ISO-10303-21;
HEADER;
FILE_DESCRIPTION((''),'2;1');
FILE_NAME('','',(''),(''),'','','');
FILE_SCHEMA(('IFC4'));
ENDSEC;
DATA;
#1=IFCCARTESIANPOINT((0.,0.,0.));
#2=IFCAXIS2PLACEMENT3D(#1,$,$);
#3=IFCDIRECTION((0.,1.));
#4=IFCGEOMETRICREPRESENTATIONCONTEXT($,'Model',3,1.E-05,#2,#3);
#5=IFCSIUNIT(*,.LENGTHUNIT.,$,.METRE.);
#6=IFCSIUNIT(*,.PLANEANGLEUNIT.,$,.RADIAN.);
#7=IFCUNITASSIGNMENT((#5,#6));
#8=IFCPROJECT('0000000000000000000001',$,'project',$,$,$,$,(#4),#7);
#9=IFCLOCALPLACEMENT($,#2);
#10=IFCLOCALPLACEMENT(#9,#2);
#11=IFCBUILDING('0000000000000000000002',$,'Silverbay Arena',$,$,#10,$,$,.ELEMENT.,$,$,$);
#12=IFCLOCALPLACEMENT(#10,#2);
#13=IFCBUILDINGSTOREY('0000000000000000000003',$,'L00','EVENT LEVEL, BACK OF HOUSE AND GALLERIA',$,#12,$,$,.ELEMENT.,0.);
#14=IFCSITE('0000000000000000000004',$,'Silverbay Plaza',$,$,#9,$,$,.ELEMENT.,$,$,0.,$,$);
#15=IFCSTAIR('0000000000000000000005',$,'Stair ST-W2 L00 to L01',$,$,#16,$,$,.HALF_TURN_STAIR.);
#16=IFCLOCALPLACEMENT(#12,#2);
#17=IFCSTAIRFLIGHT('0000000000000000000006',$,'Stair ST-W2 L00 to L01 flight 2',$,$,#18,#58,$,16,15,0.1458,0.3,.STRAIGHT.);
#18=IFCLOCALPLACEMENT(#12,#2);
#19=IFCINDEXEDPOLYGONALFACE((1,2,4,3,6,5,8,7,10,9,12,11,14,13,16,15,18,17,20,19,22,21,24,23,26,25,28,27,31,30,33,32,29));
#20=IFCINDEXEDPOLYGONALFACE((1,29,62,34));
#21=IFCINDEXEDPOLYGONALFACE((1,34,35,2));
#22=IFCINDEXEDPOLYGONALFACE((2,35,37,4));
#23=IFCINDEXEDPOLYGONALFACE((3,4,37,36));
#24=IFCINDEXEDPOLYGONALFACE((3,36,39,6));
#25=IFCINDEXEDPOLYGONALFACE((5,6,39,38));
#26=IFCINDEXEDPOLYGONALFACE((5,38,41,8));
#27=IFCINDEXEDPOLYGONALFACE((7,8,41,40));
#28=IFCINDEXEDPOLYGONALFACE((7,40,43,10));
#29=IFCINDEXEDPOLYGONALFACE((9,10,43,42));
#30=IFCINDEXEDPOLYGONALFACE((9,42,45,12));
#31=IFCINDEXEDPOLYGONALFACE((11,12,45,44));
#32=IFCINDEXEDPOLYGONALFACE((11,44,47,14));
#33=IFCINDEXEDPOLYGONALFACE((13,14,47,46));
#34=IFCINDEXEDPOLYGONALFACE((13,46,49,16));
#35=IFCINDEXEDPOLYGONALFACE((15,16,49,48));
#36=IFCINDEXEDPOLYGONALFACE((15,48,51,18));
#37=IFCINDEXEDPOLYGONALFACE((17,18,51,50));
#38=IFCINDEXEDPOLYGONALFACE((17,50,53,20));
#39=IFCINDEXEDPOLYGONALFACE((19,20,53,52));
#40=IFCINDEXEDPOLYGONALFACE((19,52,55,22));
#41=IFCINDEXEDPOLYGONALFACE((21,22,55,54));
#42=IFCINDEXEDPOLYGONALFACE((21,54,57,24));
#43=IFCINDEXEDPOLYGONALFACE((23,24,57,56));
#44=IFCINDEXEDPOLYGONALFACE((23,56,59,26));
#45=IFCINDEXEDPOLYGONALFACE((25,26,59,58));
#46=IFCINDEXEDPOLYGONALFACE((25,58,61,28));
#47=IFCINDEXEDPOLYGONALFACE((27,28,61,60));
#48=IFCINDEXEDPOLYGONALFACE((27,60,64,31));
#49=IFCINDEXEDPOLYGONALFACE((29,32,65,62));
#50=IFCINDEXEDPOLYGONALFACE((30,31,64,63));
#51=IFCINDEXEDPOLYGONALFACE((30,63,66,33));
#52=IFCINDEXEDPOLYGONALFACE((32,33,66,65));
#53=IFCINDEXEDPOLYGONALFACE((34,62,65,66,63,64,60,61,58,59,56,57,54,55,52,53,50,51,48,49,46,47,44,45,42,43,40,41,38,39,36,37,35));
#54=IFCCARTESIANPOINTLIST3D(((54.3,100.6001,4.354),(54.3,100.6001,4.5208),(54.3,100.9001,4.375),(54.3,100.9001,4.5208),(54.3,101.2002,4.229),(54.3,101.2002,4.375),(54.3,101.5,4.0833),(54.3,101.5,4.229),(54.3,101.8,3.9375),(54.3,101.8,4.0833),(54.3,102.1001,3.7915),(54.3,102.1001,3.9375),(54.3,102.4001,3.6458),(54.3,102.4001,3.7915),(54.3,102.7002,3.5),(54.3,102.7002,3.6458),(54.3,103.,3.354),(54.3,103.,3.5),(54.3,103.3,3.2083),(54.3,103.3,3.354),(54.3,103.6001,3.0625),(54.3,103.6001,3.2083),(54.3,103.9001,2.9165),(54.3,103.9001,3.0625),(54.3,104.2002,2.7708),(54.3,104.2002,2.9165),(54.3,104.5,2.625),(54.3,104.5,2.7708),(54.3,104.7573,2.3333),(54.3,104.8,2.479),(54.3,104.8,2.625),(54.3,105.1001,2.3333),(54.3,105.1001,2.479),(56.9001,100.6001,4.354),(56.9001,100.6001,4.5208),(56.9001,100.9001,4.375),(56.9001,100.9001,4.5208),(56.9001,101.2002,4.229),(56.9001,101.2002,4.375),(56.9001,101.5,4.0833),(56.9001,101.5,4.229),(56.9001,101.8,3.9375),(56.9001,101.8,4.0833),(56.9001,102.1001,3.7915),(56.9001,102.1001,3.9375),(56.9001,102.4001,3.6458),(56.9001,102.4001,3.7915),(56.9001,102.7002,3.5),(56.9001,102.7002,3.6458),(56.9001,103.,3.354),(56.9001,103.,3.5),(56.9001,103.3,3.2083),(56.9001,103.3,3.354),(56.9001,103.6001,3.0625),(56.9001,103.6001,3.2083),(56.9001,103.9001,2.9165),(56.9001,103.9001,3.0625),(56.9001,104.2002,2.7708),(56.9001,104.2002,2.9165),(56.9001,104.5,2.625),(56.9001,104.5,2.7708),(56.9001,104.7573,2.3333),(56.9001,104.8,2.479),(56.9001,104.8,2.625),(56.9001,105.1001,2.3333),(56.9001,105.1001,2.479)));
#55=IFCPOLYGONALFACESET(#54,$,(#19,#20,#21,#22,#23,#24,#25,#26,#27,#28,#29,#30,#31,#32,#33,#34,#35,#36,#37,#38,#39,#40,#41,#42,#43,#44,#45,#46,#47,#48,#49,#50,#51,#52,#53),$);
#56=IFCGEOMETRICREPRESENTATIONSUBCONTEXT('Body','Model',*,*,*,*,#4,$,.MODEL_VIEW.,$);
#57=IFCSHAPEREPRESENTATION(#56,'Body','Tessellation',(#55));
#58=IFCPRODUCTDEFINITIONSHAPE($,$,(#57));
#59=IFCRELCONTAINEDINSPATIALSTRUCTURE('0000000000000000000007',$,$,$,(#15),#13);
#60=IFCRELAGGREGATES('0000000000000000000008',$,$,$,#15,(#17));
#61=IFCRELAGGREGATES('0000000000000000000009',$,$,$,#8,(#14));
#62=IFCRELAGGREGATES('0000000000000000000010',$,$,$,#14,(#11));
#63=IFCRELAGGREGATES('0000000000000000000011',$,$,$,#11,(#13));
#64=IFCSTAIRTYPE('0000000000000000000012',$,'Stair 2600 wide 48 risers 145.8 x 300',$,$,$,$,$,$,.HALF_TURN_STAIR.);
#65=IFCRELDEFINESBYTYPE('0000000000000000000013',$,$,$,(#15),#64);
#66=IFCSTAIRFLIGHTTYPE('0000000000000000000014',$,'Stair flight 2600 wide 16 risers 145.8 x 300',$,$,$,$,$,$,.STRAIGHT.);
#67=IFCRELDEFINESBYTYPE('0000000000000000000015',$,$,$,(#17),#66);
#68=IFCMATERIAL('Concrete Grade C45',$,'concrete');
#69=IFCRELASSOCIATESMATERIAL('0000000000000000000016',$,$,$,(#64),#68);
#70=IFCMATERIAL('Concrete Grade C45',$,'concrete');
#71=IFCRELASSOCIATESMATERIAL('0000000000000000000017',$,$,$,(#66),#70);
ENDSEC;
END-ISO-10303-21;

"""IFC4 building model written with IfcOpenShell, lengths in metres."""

from ifc_helpers import new_model, si_unit, direction, frame, origin, place, context, subcontext, project, spatial, polyline, outline, extrude, material, type_object, element, aggregate, save


model = new_model("IFC4")

# Units and contexts
model_context = context("Model", 3, precision=1e-05, world=origin(), true_north=direction((0.0, 1.0)))
body_context = subcontext(model_context, "Body", "Model", "MODEL_VIEW")
ifc_project = project(units=[si_unit("LENGTHUNIT", "METRE"), si_unit("PLANEANGLEUNIT", "RADIAN")], contexts=[model_context])

# Site, building, storey
site_placement = place(None, origin())
site = spatial("IfcSite", under=ifc_project, at=site_placement, Name="Silverbay Plaza", CompositionType="ELEMENT", RefElevation=0.0)
building_placement = place(site_placement, origin())
building = spatial("IfcBuilding", under=site, at=building_placement, Name="Silverbay Arena", CompositionType="ELEMENT")
storey_placement = place(building_placement, origin())
storey = spatial("IfcBuildingStorey", under=building, at=storey_placement, Name="L00", Description="EVENT LEVEL, BACK OF HOUSE AND GALLERIA", CompositionType="ELEMENT", Elevation=0.0)

# Stair, stair flight
ifc_material_1 = material(Name="Concrete Grade C45", Category="concrete")
stair_type = type_object("IfcStairType", Name="Stair 2600 wide 48 risers 145.8 x 300", PredefinedType="HALF_TURN_STAIR", material=ifc_material_1)
stair_placement = place(storey_placement, origin())
stair = element("IfcStair", 1, at=stair_placement, inside=storey, type_object=stair_type, Name="Stair ST-W2 L00 to L01", PredefinedType="HALF_TURN_STAIR")
ifc_material_2 = material(Name="Concrete Grade C45", Category="concrete")
stair_flight_type = type_object("IfcStairFlightType", Name="Stair flight 2600 wide 16 risers 145.8 x 300", PredefinedType="STRAIGHT", material=ifc_material_2)
stair_flight_placement = place(storey_placement, frame((55.6001, 105.1001, 2.3333), z_axis=(0.0, 0.0, 1.0), x_axis=(0.0, -1.0, 0.0)))
stair_flight = element("IfcStairFlight", 2, at=stair_flight_placement, type_object=stair_flight_type, Name="Stair ST-W2 L00 to L01 flight 2", NumberOfRisers=16, NumberOfTreads=15, PredefinedType="STRAIGHT", RiserHeight=0.1458, TreadLength=0.3, context=body_context, shape_type="SweptSolid", body=[
    extrude(outline(polyline([(0.0, 0.0), (0.0, 0.1458), (0.3, 0.1458), (0.3, 0.2917), (0.6001, 0.2917), (0.6001, 0.4375), (0.8999, 0.4375), (0.8999, 0.5833), (1.2, 0.5833), (1.2, 0.7292), (1.5, 0.7292), (1.5, 0.875), (1.8, 0.875), (1.8, 1.0208), (2.1001, 1.0208), (2.1001, 1.1667), (2.3999, 1.1667), (2.3999, 1.3125), (2.7, 1.3125), (2.7, 1.4583), (3.0, 1.4583), (3.0, 1.6042), (3.3, 1.6042), (3.3, 1.75), (3.6001, 1.75), (3.6001, 1.8958), (3.8999, 1.8958), (3.8999, 2.0417), (4.2, 2.0417), (4.2, 2.1875), (4.5, 2.1875), (4.5, 2.0208), (0.3428, 0.0), (0.0, 0.0)])), frame((0.0, 1.3, 0.0), z_axis=(0.0, -1.0, 0.0), x_axis=(1.0, 0.0, 0.0)), (0.0, 0.0, 1.0), 2.6001),
])
aggregate(stair, [stair_flight])

save(model, "model.ifc")
